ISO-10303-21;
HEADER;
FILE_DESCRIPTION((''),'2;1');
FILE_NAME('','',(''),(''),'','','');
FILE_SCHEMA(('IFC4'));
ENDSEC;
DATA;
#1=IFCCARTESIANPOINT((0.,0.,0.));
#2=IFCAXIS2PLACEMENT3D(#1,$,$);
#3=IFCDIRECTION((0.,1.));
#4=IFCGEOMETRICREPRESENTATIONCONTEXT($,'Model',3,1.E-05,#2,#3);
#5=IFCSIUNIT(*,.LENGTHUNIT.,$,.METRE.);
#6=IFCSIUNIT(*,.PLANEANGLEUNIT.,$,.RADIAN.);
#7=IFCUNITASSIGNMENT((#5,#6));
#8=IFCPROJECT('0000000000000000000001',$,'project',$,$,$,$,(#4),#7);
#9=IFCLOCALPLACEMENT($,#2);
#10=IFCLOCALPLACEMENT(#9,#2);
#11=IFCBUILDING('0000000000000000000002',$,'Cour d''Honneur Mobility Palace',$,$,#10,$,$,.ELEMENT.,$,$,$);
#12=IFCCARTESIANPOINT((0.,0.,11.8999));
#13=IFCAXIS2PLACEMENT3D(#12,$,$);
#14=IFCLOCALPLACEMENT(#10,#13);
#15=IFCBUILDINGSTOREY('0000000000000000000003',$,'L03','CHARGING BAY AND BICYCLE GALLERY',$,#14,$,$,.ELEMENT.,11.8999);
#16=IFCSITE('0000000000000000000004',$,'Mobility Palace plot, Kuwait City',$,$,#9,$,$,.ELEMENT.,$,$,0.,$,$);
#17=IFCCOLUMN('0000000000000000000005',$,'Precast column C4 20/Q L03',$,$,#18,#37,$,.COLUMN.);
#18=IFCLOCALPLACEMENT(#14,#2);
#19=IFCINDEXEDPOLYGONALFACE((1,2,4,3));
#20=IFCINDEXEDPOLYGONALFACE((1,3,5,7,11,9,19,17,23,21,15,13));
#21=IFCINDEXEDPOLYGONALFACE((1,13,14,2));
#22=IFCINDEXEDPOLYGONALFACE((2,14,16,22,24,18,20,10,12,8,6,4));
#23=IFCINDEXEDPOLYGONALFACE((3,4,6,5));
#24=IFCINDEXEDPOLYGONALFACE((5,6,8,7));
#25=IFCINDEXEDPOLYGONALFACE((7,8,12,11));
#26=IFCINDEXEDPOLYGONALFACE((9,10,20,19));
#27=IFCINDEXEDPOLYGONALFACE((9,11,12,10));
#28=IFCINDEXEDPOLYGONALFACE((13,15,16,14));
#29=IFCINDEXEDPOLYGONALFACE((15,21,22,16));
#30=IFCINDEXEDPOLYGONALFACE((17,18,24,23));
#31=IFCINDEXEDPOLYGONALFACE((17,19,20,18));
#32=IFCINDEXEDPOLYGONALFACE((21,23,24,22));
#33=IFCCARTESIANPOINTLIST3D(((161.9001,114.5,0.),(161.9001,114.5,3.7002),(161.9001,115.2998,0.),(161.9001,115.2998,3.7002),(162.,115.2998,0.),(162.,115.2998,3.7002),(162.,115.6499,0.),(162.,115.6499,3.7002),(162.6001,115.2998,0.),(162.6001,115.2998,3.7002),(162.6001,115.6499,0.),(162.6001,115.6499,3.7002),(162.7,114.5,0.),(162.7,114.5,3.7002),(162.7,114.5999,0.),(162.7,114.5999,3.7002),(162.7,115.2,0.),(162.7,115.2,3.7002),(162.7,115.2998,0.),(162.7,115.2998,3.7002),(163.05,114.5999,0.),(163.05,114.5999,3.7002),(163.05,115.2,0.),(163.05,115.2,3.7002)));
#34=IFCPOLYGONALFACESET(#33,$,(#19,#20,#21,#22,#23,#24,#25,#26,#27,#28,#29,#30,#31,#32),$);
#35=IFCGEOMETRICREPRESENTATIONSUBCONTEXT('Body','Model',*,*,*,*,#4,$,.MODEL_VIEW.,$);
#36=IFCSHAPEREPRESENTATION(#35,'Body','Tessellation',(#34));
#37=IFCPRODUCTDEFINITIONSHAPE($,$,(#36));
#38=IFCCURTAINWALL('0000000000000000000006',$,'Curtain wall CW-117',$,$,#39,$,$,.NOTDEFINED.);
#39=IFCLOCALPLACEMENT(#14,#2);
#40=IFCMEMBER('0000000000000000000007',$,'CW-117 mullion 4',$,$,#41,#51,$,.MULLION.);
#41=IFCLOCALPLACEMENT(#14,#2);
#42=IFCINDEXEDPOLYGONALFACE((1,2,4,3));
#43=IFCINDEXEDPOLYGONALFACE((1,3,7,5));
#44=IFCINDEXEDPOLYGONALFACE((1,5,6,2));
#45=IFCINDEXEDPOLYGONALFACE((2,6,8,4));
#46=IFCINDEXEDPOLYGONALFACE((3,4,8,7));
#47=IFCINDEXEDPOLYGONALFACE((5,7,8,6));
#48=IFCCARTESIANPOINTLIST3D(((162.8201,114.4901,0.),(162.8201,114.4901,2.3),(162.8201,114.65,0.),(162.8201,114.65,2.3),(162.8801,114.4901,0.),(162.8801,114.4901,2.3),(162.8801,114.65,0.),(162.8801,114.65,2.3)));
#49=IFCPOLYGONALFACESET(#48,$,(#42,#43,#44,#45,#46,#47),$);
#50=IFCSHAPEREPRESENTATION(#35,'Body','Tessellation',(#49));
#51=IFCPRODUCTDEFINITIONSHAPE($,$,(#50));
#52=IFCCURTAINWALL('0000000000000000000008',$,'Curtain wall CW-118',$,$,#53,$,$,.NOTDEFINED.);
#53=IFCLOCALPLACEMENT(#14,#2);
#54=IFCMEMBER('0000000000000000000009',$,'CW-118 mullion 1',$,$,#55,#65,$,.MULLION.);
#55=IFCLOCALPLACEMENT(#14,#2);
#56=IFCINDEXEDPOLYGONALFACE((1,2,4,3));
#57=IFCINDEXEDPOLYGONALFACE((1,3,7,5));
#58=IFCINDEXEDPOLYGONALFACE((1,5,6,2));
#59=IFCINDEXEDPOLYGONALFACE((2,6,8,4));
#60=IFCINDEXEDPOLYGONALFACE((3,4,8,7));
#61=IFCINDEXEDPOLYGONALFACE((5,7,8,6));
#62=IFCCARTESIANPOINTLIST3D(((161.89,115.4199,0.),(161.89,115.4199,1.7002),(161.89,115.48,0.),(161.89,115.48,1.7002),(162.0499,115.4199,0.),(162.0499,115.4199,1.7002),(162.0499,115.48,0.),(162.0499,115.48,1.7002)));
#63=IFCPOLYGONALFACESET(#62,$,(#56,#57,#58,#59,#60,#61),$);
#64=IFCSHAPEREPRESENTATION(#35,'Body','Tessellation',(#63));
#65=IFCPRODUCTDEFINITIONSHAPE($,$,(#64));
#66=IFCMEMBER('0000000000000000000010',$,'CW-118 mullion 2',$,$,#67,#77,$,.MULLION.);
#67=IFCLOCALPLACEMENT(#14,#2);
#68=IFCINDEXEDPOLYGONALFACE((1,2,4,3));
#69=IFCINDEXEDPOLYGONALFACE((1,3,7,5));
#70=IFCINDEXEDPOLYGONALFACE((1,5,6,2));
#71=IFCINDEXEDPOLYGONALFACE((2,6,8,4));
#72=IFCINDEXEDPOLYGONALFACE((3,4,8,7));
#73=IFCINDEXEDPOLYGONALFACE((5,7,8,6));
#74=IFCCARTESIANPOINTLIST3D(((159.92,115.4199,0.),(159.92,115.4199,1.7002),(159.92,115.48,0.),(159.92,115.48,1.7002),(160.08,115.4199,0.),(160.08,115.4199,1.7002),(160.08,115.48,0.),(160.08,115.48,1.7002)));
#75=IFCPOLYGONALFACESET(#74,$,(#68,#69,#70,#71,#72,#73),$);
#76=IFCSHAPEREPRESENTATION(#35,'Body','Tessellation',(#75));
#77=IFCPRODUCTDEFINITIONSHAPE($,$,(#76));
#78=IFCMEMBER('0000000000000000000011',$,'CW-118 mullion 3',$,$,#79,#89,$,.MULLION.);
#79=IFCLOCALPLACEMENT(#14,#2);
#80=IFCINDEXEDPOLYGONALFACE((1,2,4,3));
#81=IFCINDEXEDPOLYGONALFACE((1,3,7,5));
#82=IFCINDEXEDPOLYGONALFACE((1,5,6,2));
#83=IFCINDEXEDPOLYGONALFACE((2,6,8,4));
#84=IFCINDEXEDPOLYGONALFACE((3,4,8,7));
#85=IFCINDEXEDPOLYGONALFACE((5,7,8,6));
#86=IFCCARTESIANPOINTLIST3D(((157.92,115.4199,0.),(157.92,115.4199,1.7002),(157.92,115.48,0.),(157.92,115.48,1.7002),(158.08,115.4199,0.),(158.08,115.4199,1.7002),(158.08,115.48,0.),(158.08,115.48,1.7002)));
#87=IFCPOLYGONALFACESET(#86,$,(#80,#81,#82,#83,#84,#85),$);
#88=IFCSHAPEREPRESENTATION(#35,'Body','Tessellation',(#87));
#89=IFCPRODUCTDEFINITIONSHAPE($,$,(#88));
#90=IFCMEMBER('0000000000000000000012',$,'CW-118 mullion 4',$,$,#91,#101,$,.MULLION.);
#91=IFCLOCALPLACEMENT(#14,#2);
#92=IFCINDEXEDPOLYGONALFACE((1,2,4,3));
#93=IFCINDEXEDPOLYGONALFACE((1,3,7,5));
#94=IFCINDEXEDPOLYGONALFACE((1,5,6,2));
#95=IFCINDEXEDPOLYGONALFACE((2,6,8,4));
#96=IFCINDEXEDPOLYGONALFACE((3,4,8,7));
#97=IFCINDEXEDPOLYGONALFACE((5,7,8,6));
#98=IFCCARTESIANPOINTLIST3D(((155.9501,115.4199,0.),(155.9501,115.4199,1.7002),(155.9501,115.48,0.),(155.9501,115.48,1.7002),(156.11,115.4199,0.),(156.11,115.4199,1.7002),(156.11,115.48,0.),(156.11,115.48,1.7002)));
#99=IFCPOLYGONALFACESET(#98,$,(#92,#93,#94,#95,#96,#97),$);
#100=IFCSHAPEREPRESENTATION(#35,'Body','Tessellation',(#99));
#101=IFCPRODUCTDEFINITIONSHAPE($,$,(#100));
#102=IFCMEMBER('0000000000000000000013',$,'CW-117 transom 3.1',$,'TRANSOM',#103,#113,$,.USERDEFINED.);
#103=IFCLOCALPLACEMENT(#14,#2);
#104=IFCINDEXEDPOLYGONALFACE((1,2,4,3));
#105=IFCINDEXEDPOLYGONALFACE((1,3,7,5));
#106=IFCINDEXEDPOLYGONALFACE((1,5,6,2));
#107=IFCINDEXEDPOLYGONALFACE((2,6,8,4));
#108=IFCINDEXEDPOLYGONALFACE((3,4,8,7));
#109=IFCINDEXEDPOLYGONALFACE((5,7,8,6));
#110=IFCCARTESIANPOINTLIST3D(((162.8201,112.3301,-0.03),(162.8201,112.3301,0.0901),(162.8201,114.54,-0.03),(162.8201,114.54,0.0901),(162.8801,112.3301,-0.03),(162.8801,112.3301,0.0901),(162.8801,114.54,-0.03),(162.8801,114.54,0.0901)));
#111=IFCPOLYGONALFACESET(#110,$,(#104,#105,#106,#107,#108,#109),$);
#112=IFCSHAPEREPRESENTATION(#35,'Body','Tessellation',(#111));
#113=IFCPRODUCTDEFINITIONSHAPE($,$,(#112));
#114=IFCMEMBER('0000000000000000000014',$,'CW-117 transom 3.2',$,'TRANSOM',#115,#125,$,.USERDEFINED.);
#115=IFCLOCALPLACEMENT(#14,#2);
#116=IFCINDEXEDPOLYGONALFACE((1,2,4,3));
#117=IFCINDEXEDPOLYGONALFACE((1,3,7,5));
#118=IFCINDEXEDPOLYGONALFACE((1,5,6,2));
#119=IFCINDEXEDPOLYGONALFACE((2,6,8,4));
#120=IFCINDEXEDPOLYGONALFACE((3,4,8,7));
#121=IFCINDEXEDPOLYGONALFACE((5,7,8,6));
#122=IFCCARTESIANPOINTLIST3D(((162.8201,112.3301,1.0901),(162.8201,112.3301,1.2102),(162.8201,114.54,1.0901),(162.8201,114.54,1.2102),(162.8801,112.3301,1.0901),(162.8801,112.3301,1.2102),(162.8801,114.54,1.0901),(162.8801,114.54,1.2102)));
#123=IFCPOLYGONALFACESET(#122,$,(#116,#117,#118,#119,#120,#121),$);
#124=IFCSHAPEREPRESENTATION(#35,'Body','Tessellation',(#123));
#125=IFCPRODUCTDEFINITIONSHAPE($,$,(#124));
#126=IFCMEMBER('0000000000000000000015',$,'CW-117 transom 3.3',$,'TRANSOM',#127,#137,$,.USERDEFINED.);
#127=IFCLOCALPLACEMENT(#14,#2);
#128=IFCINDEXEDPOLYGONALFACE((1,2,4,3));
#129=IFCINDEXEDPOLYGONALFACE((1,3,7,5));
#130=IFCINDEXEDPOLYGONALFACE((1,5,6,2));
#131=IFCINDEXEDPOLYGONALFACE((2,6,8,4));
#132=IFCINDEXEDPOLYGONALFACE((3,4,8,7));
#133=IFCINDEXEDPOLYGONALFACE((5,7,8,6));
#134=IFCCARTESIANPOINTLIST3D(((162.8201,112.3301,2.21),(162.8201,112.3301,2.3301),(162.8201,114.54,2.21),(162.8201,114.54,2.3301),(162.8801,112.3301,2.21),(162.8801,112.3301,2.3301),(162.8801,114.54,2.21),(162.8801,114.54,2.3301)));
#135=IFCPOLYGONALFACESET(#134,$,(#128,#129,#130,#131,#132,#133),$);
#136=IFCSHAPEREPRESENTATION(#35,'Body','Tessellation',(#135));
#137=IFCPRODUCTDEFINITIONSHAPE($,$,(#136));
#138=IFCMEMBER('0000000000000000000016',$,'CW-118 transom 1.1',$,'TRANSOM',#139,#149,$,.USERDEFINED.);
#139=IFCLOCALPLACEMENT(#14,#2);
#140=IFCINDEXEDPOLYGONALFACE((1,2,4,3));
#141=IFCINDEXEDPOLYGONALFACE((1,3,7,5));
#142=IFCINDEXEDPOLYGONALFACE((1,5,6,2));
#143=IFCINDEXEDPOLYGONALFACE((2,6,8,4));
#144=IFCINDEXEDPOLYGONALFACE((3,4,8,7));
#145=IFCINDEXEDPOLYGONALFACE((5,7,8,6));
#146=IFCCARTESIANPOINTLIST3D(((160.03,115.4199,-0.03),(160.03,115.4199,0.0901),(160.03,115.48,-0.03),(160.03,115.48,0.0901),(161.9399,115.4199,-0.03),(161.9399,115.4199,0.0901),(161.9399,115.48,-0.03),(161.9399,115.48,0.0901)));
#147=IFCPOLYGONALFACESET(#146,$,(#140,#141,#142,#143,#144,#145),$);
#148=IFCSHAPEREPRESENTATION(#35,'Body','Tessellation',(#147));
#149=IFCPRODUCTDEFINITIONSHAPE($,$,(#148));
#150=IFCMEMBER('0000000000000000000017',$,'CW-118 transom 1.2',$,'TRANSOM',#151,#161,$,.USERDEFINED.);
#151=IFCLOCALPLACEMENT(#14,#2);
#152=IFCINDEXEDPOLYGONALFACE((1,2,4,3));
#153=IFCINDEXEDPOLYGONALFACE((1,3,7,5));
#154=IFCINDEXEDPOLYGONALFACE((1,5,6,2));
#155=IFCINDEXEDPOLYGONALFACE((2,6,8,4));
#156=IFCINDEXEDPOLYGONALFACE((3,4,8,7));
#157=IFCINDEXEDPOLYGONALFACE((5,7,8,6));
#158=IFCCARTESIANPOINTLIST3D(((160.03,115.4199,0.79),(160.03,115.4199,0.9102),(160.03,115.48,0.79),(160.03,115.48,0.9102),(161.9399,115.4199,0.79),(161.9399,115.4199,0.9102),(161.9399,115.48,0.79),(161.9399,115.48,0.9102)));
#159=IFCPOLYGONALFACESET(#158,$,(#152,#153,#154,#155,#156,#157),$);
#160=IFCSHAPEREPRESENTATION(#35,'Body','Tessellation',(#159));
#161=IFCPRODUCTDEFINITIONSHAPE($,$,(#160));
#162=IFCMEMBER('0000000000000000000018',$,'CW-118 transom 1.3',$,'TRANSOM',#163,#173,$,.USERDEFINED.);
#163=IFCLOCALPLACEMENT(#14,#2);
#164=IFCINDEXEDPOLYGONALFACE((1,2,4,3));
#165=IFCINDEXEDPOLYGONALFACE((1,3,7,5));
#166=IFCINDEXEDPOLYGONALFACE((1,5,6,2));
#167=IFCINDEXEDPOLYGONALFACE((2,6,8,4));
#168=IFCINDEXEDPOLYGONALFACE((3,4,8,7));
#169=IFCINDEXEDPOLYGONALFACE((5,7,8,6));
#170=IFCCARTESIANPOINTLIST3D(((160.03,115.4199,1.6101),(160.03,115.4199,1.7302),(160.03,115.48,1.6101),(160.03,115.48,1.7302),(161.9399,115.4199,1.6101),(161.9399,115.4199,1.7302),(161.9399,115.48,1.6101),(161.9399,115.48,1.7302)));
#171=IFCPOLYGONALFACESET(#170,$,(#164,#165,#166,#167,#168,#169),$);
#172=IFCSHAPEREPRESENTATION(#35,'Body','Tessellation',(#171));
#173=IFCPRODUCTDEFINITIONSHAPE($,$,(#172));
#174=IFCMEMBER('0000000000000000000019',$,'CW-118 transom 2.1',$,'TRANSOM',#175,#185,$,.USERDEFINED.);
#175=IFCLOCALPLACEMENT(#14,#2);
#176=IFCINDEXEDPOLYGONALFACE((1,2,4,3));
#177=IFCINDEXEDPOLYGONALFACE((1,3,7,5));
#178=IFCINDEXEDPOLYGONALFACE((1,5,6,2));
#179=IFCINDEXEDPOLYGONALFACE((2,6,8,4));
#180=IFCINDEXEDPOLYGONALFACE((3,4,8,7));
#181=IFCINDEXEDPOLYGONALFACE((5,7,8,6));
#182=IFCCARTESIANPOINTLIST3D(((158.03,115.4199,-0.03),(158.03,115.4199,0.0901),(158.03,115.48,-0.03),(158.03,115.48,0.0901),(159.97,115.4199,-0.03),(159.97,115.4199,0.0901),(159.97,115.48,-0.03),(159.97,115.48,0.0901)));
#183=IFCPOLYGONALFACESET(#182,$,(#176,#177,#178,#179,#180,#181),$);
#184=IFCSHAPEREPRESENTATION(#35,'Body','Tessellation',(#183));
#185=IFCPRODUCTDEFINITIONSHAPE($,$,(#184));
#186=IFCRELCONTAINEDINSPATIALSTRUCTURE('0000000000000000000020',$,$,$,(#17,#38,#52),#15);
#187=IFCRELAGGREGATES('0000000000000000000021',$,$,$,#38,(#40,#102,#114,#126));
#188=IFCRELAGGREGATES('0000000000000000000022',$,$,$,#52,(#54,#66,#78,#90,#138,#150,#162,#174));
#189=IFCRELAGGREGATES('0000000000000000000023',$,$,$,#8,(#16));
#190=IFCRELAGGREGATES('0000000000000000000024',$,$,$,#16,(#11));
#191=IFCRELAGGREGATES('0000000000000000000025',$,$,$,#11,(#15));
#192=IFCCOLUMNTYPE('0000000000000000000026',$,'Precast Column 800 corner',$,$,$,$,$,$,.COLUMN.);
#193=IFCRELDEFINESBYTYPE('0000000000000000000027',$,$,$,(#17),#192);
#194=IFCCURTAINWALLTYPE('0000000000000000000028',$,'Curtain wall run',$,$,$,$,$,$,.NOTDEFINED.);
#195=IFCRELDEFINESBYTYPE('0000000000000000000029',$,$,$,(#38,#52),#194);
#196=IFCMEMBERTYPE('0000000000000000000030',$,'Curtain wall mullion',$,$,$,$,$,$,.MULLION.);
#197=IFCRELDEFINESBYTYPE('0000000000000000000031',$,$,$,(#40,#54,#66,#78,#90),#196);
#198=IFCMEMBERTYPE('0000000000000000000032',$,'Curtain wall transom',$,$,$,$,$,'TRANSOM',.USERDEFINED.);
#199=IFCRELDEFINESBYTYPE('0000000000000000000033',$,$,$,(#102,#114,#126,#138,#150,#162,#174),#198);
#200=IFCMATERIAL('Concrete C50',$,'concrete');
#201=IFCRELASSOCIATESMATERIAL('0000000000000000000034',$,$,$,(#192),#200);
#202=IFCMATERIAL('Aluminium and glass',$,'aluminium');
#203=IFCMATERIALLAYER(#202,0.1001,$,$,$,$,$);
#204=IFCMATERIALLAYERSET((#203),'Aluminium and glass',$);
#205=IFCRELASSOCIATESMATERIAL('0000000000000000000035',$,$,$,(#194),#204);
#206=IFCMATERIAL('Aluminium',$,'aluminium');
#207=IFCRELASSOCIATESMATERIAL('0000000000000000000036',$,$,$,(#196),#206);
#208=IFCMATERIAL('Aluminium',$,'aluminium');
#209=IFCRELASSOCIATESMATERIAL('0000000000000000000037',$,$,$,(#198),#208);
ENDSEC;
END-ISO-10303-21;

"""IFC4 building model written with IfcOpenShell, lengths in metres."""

from ifc_helpers import new_model, si_unit, direction, frame, origin, origin_2d, place, context, subcontext, project, spatial, polyline, rectangle, outline, extrude, material, layer, layer_set, material_profile, profile_set, type_object, element, aggregate, save


model = new_model("IFC4")

# Units and contexts
model_context = context("Model", 3, precision=1e-05, world=origin(), true_north=direction((0.0, 1.0)))
body_context = subcontext(model_context, "Body", "Model", "MODEL_VIEW")
ifc_project = project(units=[si_unit("LENGTHUNIT", "METRE"), si_unit("PLANEANGLEUNIT", "RADIAN")], contexts=[model_context])

# Site, building, storey
site_placement = place(None, origin())
site = spatial("IfcSite", under=ifc_project, at=site_placement, Name="Mobility Palace plot, Kuwait City", CompositionType="ELEMENT", RefElevation=0.0)
building_placement = place(site_placement, origin())
building = spatial("IfcBuilding", under=site, at=building_placement, Name="Cour d'Honneur Mobility Palace", CompositionType="ELEMENT")
storey_placement = place(building_placement, frame((0.0, 0.0, 11.8999)))
storey = spatial("IfcBuildingStorey", under=building, at=storey_placement, Name="L03", Description="CHARGING BAY AND BICYCLE GALLERY", CompositionType="ELEMENT", Elevation=11.8999)

# Column
ifc_material_1 = material(Name="Concrete C50", Category="concrete")
ifc_material_profile_1 = material_profile(ifc_material_1, outline(polyline([(-0.3999, -0.3999), (0.3999, -0.3999), (0.3999, -0.3), (0.75, -0.3), (0.75, 0.3), (0.3999, 0.3), (0.3999, 0.3999), (0.3, 0.3999), (0.3, 0.75), (-0.3, 0.75), (-0.3, 0.3999), (-0.3999, 0.3999), (-0.3999, -0.3999)])), Name="PC C800 corner")
ifc_profile_set_1 = profile_set([ifc_material_profile_1], Name="Concrete C50")
column_type = type_object("IfcColumnType", Name="Precast Column 800 corner", PredefinedType="COLUMN", material=ifc_profile_set_1)
column_placement = place(storey_placement, frame((162.3, 114.8999, 0.0), z_axis=(0.0, 0.0, 1.0), x_axis=(1.0, 0.0, 0.0)))
element("IfcColumn", 1, at=column_placement, inside=storey, type_object=column_type, Name="Precast column C4 20/Q L03", PredefinedType="COLUMN", context=body_context, shape_type="SweptSolid", body=[
    extrude(outline(polyline([(-0.3999, -0.3999), (0.3999, -0.3999), (0.3999, -0.3), (0.75, -0.3), (0.75, 0.3), (0.3999, 0.3), (0.3999, 0.3999), (0.3, 0.3999), (0.3, 0.75), (-0.3, 0.75), (-0.3, 0.3999), (-0.3999, 0.3999), (-0.3999, -0.3999)])), origin(), (0.0, 0.0, 1.0), 3.7002),
])

# Curtain wall, member
ifc_material_2 = material(Name="Aluminium and glass", Category="aluminium")
ifc_layer_1 = layer(ifc_material_2, 0.1001)
ifc_layer_set_1 = layer_set([ifc_layer_1], Name="Aluminium and glass")
curtain_wall_type = type_object("IfcCurtainWallType", Name="Curtain wall run", PredefinedType="NOTDEFINED", material=ifc_layer_set_1)
curtain_wall_1_placement = place(storey_placement, origin())
curtain_wall_1 = element("IfcCurtainWall", 2, at=curtain_wall_1_placement, inside=storey, type_object=curtain_wall_type, Name="Curtain wall CW-117", PredefinedType="NOTDEFINED")
ifc_material_3 = material(Name="Aluminium", Category="aluminium")
ifc_material_profile_2 = material_profile(ifc_material_3, rectangle(XDim=0.0601, YDim=0.1599, at=origin_2d()), Name="Curtain wall mullion")
ifc_profile_set_2 = profile_set([ifc_material_profile_2], Name="Aluminium")
member_type_1 = type_object("IfcMemberType", Name="Curtain wall mullion", PredefinedType="MULLION", material=ifc_profile_set_2)
member_1_placement = place(storey_placement, frame((162.8501, 114.5701, 0.0), z_axis=(0.0, 0.0, 1.0), x_axis=(-1.0, 0.0, 0.0)))
member_1 = element("IfcMember", 3, at=member_1_placement, type_object=member_type_1, Name="CW-117 mullion 4", PredefinedType="MULLION", context=body_context, shape_type="SweptSolid", body=[
    extrude(rectangle(XDim=0.0601, YDim=0.1599, at=origin_2d()), origin(), (0.0, 0.0, 1.0), 2.3),
])

# Curtain wall, members
curtain_wall_2_placement = place(storey_placement, origin())
curtain_wall_2 = element("IfcCurtainWall", 4, at=curtain_wall_2_placement, inside=storey, type_object=curtain_wall_type, Name="Curtain wall CW-118", PredefinedType="NOTDEFINED")
member_2_placement = place(storey_placement, frame((161.97, 115.45, 0.0), z_axis=(0.0, 0.0, 1.0), x_axis=(0.0, -1.0, 0.0)))
member_2 = element("IfcMember", 5, at=member_2_placement, type_object=member_type_1, Name="CW-118 mullion 1", PredefinedType="MULLION", context=body_context, shape_type="SweptSolid", body=[
    extrude(rectangle(XDim=0.0601, YDim=0.1599, at=origin_2d()), origin(), (0.0, 0.0, 1.0), 1.7002),
])
member_3_placement = place(storey_placement, frame((160.0, 115.45, 0.0), z_axis=(0.0, 0.0, 1.0), x_axis=(0.0, -1.0, 0.0)))
member_3 = element("IfcMember", 6, at=member_3_placement, type_object=member_type_1, Name="CW-118 mullion 2", PredefinedType="MULLION", context=body_context, shape_type="SweptSolid", body=[
    extrude(rectangle(XDim=0.0601, YDim=0.1599, at=origin_2d()), origin(), (0.0, 0.0, 1.0), 1.7002),
])
member_4_placement = place(storey_placement, frame((158.0, 115.45, 0.0), z_axis=(0.0, 0.0, 1.0), x_axis=(0.0, -1.0, 0.0)))
member_4 = element("IfcMember", 7, at=member_4_placement, type_object=member_type_1, Name="CW-118 mullion 3", PredefinedType="MULLION", context=body_context, shape_type="SweptSolid", body=[
    extrude(rectangle(XDim=0.0601, YDim=0.1599, at=origin_2d()), origin(), (0.0, 0.0, 1.0), 1.7002),
])
member_5_placement = place(storey_placement, frame((156.03, 115.45, 0.0), z_axis=(0.0, 0.0, 1.0), x_axis=(0.0, -1.0, 0.0)))
member_5 = element("IfcMember", 8, at=member_5_placement, type_object=member_type_1, Name="CW-118 mullion 4", PredefinedType="MULLION", context=body_context, shape_type="SweptSolid", body=[
    extrude(rectangle(XDim=0.0601, YDim=0.1599, at=origin_2d()), origin(), (0.0, 0.0, 1.0), 1.7002),
])

# Members
ifc_material_4 = material(Name="Aluminium", Category="aluminium")
ifc_material_profile_3 = material_profile(ifc_material_4, rectangle(XDim=0.0601, YDim=0.1201, at=origin_2d()), Name="Curtain wall transom")
ifc_profile_set_3 = profile_set([ifc_material_profile_3], Name="Aluminium")
member_type_2 = type_object("IfcMemberType", Name="Curtain wall transom", ElementType="TRANSOM", PredefinedType="USERDEFINED", material=ifc_profile_set_3)
member_6_placement = place(storey_placement, frame((162.8501, 112.3301, 0.03), z_axis=(0.0, 1.0, 0.0), x_axis=(-1.0, 0.0, 0.0)))
member_6 = element("IfcMember", 9, at=member_6_placement, type_object=member_type_2, Name="CW-117 transom 3.1", ObjectType="TRANSOM", PredefinedType="USERDEFINED", context=body_context, shape_type="SweptSolid", body=[
    extrude(rectangle(XDim=0.0601, YDim=0.1201, at=origin_2d()), origin(), (0.0, 0.0, 1.0), 2.21),
])
member_7_placement = place(storey_placement, frame((162.8501, 112.3301, 1.1501), z_axis=(0.0, 1.0, 0.0), x_axis=(-1.0, 0.0, 0.0)))
member_7 = element("IfcMember", 10, at=member_7_placement, type_object=member_type_2, Name="CW-117 transom 3.2", ObjectType="TRANSOM", PredefinedType="USERDEFINED", context=body_context, shape_type="SweptSolid", body=[
    extrude(rectangle(XDim=0.0601, YDim=0.1201, at=origin_2d()), origin(), (0.0, 0.0, 1.0), 2.21),
])
member_8_placement = place(storey_placement, frame((162.8501, 112.3301, 2.27), z_axis=(0.0, 1.0, 0.0), x_axis=(-1.0, 0.0, 0.0)))
member_8 = element("IfcMember", 11, at=member_8_placement, type_object=member_type_2, Name="CW-117 transom 3.3", ObjectType="TRANSOM", PredefinedType="USERDEFINED", context=body_context, shape_type="SweptSolid", body=[
    extrude(rectangle(XDim=0.0601, YDim=0.1201, at=origin_2d()), origin(), (0.0, 0.0, 1.0), 2.21),
])
member_9_placement = place(storey_placement, frame((161.9399, 115.45, 0.03), z_axis=(-1.0, 0.0, 0.0), x_axis=(0.0, -1.0, 0.0)))
member_9 = element("IfcMember", 12, at=member_9_placement, type_object=member_type_2, Name="CW-118 transom 1.1", ObjectType="TRANSOM", PredefinedType="USERDEFINED", context=body_context, shape_type="SweptSolid", body=[
    extrude(rectangle(XDim=0.0601, YDim=0.1201, at=origin_2d()), origin(), (0.0, 0.0, 1.0), 1.9099),
])
member_10_placement = place(storey_placement, frame((161.9399, 115.45, 0.8501), z_axis=(-1.0, 0.0, 0.0), x_axis=(0.0, -1.0, 0.0)))
member_10 = element("IfcMember", 13, at=member_10_placement, type_object=member_type_2, Name="CW-118 transom 1.2", ObjectType="TRANSOM", PredefinedType="USERDEFINED", context=body_context, shape_type="SweptSolid", body=[
    extrude(rectangle(XDim=0.0601, YDim=0.1201, at=origin_2d()), origin(), (0.0, 0.0, 1.0), 1.9099),
])
member_11_placement = place(storey_placement, frame((161.9399, 115.45, 1.6702), z_axis=(-1.0, 0.0, 0.0), x_axis=(0.0, -1.0, 0.0)))
member_11 = element("IfcMember", 14, at=member_11_placement, type_object=member_type_2, Name="CW-118 transom 1.3", ObjectType="TRANSOM", PredefinedType="USERDEFINED", context=body_context, shape_type="SweptSolid", body=[
    extrude(rectangle(XDim=0.0601, YDim=0.1201, at=origin_2d()), origin(), (0.0, 0.0, 1.0), 1.9099),
])
member_12_placement = place(storey_placement, frame((159.97, 115.45, 0.03), z_axis=(-1.0, 0.0, 0.0), x_axis=(0.0, -1.0, 0.0)))
member_12 = element("IfcMember", 15, at=member_12_placement, type_object=member_type_2, Name="CW-118 transom 2.1", ObjectType="TRANSOM", PredefinedType="USERDEFINED", context=body_context, shape_type="SweptSolid", body=[
    extrude(rectangle(XDim=0.0601, YDim=0.1201, at=origin_2d()), origin(), (0.0, 0.0, 1.0), 1.9399),
])

aggregate(curtain_wall_1, [member_1, member_6, member_7, member_8])
aggregate(curtain_wall_2, [member_2, member_3, member_4, member_5, member_9, member_10, member_11, member_12])

save(model, "model.ifc")
